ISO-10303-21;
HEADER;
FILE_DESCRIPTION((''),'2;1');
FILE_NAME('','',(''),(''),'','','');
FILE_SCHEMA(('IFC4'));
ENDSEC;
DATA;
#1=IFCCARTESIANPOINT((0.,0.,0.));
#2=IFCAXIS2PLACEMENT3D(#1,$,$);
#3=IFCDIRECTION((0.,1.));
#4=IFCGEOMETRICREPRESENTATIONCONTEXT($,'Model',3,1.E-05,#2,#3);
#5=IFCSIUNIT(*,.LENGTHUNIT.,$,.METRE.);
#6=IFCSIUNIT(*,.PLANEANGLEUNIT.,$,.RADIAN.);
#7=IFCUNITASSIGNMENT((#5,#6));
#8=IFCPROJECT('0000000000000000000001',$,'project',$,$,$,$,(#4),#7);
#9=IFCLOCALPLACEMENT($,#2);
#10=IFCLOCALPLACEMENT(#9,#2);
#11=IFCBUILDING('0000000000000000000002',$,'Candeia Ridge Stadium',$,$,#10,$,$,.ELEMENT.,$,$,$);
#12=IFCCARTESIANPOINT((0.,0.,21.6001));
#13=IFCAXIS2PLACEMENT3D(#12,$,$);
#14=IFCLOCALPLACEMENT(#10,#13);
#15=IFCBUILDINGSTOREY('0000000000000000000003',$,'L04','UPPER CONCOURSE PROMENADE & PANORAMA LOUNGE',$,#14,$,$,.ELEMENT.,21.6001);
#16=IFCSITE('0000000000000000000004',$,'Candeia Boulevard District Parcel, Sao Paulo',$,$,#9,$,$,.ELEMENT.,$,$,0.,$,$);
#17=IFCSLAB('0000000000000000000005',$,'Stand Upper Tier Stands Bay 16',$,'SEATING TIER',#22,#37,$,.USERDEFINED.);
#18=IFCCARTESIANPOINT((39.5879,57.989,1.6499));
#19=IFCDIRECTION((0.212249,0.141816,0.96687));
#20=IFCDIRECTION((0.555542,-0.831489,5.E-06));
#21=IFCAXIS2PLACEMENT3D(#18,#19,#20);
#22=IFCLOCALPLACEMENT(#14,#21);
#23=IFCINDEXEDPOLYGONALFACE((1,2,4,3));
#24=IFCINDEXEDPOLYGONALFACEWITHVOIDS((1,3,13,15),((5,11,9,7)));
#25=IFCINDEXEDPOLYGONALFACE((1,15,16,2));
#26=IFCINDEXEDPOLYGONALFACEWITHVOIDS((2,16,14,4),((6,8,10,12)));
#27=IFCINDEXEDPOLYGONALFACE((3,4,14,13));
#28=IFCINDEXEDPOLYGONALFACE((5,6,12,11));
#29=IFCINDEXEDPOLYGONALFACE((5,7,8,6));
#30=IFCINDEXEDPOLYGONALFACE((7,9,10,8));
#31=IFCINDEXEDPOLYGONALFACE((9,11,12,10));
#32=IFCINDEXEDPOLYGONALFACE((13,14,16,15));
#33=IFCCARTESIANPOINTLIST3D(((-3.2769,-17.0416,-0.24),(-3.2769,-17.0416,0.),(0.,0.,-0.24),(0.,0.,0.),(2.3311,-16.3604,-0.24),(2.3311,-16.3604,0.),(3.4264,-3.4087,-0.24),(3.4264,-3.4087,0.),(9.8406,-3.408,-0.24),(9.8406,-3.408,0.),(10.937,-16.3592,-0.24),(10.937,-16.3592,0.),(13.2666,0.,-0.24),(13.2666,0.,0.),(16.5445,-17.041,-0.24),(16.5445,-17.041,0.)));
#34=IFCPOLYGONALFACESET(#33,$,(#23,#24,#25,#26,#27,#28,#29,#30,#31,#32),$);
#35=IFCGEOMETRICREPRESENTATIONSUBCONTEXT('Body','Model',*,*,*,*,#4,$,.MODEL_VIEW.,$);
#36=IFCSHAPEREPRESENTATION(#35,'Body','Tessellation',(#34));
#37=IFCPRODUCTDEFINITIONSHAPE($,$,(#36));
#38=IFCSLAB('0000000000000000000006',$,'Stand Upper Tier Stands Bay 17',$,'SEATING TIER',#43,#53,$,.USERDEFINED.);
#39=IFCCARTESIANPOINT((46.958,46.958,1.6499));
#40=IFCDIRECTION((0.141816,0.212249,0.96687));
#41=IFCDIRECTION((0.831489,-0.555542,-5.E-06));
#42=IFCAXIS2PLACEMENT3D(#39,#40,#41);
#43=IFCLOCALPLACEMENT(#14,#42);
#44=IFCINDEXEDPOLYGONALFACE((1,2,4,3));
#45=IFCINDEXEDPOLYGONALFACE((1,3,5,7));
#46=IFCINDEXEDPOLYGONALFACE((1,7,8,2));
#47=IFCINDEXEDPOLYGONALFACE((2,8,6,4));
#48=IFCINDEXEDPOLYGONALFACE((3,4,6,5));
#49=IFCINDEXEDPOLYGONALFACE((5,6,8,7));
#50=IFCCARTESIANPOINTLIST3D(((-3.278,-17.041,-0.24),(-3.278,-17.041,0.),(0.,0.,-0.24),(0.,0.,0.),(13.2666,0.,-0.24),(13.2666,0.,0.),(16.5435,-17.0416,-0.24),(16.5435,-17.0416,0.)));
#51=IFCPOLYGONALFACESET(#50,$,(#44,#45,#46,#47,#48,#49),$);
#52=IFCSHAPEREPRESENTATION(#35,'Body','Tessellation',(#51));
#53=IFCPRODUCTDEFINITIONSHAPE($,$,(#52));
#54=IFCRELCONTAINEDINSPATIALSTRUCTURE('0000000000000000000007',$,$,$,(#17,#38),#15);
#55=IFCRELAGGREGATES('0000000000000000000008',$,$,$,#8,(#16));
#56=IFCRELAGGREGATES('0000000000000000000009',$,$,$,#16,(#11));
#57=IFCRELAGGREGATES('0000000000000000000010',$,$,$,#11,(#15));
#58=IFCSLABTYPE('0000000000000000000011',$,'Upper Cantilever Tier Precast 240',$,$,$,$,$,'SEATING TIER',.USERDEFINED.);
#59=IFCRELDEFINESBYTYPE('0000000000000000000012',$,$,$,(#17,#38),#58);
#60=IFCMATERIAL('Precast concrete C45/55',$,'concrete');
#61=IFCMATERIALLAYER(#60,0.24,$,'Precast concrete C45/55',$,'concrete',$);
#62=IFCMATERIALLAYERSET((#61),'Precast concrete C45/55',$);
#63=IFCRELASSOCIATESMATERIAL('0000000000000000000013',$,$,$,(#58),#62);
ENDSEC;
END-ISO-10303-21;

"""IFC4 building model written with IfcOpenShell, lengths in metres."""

from ifc_helpers import new_model, si_unit, direction, frame, origin, place, context, subcontext, project, spatial, polyline, outline, extrude, material, layer, layer_set, type_object, element, save


model = new_model("IFC4")

# Units and contexts
model_context = context("Model", 3, precision=1e-05, world=origin(), true_north=direction((0.0, 1.0)))
body_context = subcontext(model_context, "Body", "Model", "MODEL_VIEW")
ifc_project = project(units=[si_unit("LENGTHUNIT", "METRE"), si_unit("PLANEANGLEUNIT", "RADIAN")], contexts=[model_context])

# Site, building, storey
site_placement = place(None, origin())
site = spatial("IfcSite", under=ifc_project, at=site_placement, Name="Candeia Boulevard District Parcel, Sao Paulo", CompositionType="ELEMENT", RefElevation=0.0)
building_placement = place(site_placement, origin())
building = spatial("IfcBuilding", under=site, at=building_placement, Name="Candeia Ridge Stadium", CompositionType="ELEMENT")
storey_placement = place(building_placement, frame((0.0, 0.0, 21.6001)))
storey = spatial("IfcBuildingStorey", under=building, at=storey_placement, Name="L04", Description="UPPER CONCOURSE PROMENADE & PANORAMA LOUNGE", CompositionType="ELEMENT", Elevation=21.6001)

# Slabs
ifc_material_1 = material(Name="Precast concrete C45/55", Category="concrete")
ifc_layer_1 = layer(ifc_material_1, 0.24, Name="Precast concrete C45/55", Category="concrete")
ifc_layer_set_1 = layer_set([ifc_layer_1], Name="Precast concrete C45/55")
slab_type = type_object("IfcSlabType", Name="Upper Cantilever Tier Precast 240", ElementType="SEATING TIER", PredefinedType="USERDEFINED", material=ifc_layer_set_1)
slab_1_placement = place(storey_placement, frame((39.5879, 57.989, 1.6499), z_axis=(0.212249, 0.141816, 0.96687), x_axis=(0.555542, -0.831489, 0.000005)))
element("IfcSlab", 1, at=slab_1_placement, inside=storey, type_object=slab_type, Name="Stand Upper Tier Stands Bay 16", ObjectType="SEATING TIER", PredefinedType="USERDEFINED", context=body_context, shape_type="SweptSolid", body=[
    extrude(outline(polyline([(0.0, 0.0), (13.2666, 0.0), (16.5445, -17.041), (-3.2769, -17.0416), (0.0, 0.0)]), holes=[polyline([(3.4264, -3.4087), (9.8406, -3.408), (10.937, -16.3592), (2.3311, -16.3604), (3.4264, -3.4087)])]), origin(), (0.0, 0.0, -1.0), 0.24),
])
slab_2_placement = place(storey_placement, frame((46.958, 46.958, 1.6499), z_axis=(0.141816, 0.212249, 0.96687), x_axis=(0.831489, -0.555542, -0.000005)))
element("IfcSlab", 2, at=slab_2_placement, inside=storey, type_object=slab_type, Name="Stand Upper Tier Stands Bay 17", ObjectType="SEATING TIER", PredefinedType="USERDEFINED", context=body_context, shape_type="SweptSolid", body=[
    extrude(outline(polyline([(0.0, 0.0), (13.2666, 0.0), (16.5435, -17.0416), (-3.278, -17.041), (0.0, 0.0)])), origin(), (0.0, 0.0, -1.0), 0.24),
])

save(model, "model.ifc")
